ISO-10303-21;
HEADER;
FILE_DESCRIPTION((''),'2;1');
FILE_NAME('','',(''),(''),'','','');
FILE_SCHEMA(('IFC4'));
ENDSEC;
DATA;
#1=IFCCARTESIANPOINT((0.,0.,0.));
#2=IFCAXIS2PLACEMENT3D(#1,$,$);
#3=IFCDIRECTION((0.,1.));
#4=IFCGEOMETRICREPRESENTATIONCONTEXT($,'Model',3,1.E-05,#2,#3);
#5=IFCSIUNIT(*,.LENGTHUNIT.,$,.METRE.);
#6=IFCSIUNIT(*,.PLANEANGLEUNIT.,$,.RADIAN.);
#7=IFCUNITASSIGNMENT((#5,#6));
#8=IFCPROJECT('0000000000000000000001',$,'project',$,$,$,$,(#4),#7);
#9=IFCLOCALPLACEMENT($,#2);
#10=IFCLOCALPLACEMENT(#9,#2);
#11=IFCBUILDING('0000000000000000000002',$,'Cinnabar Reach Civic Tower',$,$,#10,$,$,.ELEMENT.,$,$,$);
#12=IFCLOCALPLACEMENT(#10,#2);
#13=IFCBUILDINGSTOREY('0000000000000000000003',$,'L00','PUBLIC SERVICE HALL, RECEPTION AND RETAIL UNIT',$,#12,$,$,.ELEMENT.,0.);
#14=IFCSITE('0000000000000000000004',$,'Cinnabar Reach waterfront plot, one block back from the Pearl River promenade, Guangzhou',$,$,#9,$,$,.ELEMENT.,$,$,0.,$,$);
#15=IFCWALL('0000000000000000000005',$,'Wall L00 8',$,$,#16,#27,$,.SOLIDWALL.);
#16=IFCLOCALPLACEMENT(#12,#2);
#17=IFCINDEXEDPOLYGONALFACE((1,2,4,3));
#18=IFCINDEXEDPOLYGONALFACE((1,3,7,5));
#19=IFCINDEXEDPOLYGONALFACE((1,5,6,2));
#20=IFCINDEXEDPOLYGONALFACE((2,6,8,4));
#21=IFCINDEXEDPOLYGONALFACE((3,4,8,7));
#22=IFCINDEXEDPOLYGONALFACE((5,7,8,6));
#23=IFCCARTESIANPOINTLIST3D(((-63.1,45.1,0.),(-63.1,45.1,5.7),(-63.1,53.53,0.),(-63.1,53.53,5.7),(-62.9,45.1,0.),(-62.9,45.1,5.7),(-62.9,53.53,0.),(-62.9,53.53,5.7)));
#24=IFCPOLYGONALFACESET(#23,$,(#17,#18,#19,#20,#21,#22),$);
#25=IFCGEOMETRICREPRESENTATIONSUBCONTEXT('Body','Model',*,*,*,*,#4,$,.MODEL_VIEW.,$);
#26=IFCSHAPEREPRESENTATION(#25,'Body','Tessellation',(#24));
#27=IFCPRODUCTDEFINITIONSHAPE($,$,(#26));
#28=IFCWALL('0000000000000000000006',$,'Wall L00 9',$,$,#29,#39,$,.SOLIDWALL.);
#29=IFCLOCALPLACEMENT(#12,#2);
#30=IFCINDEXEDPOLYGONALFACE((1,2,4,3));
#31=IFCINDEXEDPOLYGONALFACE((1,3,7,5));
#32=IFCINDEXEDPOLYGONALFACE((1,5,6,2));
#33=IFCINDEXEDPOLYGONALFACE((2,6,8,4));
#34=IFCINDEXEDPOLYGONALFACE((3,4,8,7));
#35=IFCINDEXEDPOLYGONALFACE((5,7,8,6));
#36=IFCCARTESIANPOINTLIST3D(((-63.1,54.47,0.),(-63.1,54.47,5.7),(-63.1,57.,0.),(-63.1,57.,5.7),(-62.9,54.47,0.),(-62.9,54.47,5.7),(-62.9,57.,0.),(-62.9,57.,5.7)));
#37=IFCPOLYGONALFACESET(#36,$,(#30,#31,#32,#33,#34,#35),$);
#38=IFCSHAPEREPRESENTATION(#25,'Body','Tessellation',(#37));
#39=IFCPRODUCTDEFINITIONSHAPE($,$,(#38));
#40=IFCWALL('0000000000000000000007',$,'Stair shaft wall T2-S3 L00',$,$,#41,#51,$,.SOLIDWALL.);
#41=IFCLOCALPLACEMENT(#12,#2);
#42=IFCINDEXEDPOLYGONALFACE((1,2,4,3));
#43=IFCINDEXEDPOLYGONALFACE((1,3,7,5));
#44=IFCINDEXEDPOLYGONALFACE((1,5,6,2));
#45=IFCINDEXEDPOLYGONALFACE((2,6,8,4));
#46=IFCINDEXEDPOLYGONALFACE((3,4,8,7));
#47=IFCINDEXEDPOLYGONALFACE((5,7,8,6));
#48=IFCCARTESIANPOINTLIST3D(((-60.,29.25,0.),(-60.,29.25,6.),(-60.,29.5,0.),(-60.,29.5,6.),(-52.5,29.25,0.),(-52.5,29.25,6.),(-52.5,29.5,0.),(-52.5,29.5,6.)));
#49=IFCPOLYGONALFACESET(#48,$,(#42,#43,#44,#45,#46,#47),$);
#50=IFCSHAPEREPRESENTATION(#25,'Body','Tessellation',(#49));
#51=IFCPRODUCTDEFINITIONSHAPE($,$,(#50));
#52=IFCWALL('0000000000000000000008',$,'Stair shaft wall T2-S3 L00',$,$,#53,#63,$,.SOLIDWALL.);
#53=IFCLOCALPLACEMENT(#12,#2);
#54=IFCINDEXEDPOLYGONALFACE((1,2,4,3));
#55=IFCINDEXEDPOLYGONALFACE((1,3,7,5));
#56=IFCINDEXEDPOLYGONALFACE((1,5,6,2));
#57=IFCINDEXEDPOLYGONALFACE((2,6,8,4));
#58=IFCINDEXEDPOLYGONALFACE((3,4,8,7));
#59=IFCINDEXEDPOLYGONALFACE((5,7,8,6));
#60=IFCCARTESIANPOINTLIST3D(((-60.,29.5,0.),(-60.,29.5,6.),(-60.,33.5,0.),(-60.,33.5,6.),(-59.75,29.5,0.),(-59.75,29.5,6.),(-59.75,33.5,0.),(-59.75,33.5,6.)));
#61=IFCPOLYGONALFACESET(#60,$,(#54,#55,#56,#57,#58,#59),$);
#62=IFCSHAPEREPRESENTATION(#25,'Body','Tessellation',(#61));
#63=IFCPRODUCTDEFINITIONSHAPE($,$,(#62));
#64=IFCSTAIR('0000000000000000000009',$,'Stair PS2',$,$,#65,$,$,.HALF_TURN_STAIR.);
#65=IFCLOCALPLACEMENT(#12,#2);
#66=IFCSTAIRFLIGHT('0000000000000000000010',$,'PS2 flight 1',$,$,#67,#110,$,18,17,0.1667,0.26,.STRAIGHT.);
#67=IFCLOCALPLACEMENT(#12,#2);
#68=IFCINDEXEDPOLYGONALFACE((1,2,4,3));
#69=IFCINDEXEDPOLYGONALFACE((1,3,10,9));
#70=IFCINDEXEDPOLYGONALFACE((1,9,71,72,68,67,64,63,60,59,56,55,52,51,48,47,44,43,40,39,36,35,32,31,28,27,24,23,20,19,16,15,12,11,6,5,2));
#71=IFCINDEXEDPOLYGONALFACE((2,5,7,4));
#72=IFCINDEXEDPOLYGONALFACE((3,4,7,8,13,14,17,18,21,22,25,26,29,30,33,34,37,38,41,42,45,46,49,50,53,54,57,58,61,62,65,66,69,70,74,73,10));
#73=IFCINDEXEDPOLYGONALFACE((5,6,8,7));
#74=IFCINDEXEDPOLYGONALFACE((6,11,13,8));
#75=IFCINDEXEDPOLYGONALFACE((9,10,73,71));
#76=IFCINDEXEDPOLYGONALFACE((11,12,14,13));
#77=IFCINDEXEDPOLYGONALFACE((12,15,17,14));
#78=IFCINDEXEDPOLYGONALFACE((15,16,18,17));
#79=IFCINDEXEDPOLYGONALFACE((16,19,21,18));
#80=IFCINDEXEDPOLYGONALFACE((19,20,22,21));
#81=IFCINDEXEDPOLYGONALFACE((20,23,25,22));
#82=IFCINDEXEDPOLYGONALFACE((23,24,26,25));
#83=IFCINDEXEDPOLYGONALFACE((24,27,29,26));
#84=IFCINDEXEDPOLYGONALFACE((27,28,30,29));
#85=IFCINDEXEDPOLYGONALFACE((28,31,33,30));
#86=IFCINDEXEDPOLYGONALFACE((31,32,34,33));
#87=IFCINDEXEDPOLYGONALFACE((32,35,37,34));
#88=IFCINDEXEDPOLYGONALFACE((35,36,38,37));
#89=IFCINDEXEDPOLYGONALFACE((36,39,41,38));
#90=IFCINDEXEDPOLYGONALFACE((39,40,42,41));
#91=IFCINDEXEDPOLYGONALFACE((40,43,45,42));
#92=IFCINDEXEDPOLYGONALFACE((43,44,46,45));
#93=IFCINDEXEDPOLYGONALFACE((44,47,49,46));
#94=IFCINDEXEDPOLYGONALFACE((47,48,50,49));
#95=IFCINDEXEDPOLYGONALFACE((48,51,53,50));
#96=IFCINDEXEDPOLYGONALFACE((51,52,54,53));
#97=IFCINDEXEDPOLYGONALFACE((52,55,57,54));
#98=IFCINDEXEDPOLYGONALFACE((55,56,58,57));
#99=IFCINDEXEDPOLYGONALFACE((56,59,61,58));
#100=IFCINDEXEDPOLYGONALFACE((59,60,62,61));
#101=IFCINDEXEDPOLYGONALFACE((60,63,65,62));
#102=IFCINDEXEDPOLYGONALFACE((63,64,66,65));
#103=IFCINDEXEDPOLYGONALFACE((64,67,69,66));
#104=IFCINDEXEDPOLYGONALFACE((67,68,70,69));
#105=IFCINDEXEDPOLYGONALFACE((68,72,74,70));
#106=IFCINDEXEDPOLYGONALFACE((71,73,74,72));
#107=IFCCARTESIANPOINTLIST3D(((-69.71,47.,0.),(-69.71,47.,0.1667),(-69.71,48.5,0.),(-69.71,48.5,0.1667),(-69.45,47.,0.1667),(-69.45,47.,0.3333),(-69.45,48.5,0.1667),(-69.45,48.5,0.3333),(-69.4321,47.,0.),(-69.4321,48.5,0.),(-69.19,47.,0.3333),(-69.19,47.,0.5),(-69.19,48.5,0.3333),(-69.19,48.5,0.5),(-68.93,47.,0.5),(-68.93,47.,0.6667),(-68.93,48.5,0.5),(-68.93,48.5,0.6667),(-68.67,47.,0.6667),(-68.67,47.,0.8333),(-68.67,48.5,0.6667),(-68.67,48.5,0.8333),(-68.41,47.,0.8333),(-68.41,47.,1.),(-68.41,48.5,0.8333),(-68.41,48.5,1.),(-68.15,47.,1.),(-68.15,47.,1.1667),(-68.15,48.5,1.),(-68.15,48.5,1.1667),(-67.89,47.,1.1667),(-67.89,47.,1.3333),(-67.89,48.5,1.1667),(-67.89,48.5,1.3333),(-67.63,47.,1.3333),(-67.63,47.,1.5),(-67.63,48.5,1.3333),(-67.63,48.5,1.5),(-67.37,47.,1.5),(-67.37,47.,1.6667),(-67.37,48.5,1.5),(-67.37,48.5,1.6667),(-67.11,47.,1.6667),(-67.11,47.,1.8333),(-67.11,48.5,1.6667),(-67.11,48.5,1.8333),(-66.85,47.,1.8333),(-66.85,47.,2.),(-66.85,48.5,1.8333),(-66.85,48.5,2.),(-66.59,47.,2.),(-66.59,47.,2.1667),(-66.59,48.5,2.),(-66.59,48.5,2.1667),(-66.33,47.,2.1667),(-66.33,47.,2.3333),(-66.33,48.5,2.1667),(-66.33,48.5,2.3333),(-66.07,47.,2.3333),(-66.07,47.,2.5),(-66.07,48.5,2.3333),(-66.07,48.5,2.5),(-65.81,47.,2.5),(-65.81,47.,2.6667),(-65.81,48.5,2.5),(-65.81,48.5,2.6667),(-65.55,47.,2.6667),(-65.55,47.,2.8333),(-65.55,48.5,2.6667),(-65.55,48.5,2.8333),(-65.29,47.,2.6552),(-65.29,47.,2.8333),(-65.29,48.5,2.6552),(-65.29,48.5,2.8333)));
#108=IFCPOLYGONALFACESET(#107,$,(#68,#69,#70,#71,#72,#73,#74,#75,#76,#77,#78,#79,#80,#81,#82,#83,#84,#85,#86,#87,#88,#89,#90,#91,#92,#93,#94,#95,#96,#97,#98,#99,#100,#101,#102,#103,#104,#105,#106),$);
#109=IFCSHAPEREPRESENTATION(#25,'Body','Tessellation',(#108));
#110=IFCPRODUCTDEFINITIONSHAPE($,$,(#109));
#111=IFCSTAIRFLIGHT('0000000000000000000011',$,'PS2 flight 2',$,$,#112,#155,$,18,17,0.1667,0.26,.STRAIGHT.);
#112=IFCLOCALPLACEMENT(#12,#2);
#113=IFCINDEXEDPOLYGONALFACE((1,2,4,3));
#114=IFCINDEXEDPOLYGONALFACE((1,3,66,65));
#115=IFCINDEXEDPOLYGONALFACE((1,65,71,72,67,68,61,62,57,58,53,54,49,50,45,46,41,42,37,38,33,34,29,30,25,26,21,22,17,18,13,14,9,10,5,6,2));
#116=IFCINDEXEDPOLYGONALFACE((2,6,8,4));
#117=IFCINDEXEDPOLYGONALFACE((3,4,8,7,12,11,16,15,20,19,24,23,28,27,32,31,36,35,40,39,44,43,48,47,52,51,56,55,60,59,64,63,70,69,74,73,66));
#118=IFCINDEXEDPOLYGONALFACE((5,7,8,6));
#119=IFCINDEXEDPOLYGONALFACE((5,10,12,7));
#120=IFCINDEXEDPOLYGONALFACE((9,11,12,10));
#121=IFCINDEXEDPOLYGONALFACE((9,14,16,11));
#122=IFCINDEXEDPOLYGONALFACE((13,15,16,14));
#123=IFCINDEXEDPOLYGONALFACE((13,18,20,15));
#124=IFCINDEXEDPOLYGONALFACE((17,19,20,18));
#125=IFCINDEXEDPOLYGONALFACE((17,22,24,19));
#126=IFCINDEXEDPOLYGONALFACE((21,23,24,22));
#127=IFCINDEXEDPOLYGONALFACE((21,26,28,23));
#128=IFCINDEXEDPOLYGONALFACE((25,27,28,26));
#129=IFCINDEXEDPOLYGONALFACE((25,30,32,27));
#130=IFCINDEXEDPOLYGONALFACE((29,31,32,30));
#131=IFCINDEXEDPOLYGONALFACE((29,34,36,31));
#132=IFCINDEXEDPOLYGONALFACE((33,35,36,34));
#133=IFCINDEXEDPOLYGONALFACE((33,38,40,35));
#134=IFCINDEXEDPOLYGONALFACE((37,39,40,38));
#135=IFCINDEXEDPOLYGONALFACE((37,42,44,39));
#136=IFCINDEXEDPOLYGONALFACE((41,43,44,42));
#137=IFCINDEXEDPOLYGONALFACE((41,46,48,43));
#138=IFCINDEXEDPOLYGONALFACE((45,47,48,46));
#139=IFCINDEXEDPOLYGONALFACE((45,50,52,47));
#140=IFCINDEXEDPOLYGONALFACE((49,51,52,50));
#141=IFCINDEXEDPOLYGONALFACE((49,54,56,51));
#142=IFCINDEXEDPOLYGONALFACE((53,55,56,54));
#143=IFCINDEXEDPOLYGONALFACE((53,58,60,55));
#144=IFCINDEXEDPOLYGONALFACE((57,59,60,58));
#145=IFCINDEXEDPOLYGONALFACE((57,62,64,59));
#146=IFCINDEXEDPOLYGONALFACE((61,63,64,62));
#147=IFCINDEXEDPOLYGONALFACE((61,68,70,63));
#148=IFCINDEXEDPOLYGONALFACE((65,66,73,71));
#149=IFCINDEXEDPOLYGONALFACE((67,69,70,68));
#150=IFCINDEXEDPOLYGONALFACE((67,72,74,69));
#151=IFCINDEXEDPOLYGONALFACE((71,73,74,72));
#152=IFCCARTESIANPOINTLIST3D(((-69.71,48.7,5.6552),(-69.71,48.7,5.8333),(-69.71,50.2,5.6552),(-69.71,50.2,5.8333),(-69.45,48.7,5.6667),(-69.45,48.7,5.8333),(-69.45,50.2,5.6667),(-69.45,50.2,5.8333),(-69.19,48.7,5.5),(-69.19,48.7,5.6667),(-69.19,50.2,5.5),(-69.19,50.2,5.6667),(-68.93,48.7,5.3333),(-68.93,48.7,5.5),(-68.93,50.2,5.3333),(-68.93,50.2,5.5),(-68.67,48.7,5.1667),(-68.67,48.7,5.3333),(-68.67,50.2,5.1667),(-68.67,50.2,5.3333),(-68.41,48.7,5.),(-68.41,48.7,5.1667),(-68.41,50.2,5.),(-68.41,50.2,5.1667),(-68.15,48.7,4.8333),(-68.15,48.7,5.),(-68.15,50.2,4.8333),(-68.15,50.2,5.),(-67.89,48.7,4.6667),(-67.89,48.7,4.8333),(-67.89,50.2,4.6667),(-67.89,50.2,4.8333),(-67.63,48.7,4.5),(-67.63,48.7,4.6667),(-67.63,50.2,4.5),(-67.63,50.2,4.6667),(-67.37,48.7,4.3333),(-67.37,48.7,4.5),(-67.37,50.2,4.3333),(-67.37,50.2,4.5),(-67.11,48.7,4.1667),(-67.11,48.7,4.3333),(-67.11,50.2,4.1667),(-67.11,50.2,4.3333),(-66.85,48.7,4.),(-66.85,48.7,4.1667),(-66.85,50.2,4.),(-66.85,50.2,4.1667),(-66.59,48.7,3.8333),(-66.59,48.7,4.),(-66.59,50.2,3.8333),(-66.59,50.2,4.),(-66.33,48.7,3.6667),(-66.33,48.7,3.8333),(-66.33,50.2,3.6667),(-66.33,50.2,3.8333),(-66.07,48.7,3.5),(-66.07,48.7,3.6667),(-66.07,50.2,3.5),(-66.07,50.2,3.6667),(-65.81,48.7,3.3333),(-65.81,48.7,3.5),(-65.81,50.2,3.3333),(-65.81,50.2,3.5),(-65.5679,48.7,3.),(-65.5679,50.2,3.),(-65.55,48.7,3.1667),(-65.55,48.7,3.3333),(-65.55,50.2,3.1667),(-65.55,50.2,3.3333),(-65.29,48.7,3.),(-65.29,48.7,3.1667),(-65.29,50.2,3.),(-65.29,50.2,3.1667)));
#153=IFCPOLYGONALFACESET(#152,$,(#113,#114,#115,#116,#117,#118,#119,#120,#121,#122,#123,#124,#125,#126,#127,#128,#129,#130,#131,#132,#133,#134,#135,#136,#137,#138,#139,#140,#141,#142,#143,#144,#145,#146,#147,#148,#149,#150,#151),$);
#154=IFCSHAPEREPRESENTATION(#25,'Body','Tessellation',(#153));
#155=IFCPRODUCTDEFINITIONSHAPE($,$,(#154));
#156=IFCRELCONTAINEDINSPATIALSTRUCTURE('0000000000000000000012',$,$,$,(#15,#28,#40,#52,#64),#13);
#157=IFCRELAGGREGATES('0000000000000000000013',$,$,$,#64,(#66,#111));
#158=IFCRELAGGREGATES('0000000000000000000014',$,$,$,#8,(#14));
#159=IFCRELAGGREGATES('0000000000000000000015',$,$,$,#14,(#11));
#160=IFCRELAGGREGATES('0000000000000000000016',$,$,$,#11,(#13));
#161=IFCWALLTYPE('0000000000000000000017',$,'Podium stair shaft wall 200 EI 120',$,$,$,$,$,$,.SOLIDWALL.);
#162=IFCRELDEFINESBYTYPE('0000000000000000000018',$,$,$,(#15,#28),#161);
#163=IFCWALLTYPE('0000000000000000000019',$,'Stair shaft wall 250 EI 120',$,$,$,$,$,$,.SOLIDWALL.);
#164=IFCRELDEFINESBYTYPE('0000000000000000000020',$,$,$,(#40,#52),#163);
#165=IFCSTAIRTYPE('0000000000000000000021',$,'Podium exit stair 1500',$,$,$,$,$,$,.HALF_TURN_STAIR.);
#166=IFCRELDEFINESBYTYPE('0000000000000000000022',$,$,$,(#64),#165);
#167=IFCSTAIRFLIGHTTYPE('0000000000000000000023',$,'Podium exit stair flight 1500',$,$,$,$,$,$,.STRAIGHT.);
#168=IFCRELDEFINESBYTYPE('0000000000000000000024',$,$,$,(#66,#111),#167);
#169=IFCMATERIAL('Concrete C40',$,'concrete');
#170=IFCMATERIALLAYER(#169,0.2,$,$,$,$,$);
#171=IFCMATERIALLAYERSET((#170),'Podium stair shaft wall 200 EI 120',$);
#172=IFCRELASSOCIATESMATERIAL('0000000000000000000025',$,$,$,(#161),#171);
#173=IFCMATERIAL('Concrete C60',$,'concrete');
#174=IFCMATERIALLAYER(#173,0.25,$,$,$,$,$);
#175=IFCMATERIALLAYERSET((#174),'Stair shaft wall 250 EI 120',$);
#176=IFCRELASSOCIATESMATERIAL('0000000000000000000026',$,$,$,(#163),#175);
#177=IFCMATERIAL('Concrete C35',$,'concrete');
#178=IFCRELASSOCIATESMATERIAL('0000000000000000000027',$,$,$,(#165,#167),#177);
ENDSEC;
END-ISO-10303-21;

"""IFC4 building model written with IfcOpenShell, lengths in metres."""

from ifc_helpers import new_model, si_unit, direction, frame, frame_2d, origin, place, context, subcontext, project, spatial, polyline, rectangle, outline, extrude, material, layer, layer_set, type_object, element, aggregate, save


model = new_model("IFC4")

# Units and contexts
model_context = context("Model", 3, precision=1e-05, world=origin(), true_north=direction((0.0, 1.0)))
body_context = subcontext(model_context, "Body", "Model", "MODEL_VIEW")
ifc_project = project(units=[si_unit("LENGTHUNIT", "METRE"), si_unit("PLANEANGLEUNIT", "RADIAN")], contexts=[model_context])

# Site, building, storey
site_placement = place(None, origin())
site = spatial("IfcSite", under=ifc_project, at=site_placement, Name="Cinnabar Reach waterfront plot, one block back from the Pearl River promenade, Guangzhou", CompositionType="ELEMENT", RefElevation=0.0)
building_placement = place(site_placement, origin())
building = spatial("IfcBuilding", under=site, at=building_placement, Name="Cinnabar Reach Civic Tower", CompositionType="ELEMENT")
storey_placement = place(building_placement, origin())
storey = spatial("IfcBuildingStorey", under=building, at=storey_placement, Name="L00", Description="PUBLIC SERVICE HALL, RECEPTION AND RETAIL UNIT", CompositionType="ELEMENT", Elevation=0.0)

# Shared definitions
ifc_material_1 = material(Name="Concrete C60", Category="concrete")

# Walls
ifc_material_2 = material(Name="Concrete C40", Category="concrete")
ifc_layer_1 = layer(ifc_material_2, 0.2)
ifc_layer_set_1 = layer_set([ifc_layer_1], Name="Podium stair shaft wall 200 EI 120")
wall_type_1 = type_object("IfcWallType", Name="Podium stair shaft wall 200 EI 120", PredefinedType="SOLIDWALL", material=ifc_layer_set_1)
wall_1_placement = place(storey_placement, frame((-63.0, 45.1, 0.0), z_axis=(0.0, 0.0, 1.0), x_axis=(0.0, 1.0, 0.0)))
element("IfcWall", 1, at=wall_1_placement, inside=storey, type_object=wall_type_1, Name="Wall L00 8", PredefinedType="SOLIDWALL", context=body_context, shape_type="SweptSolid", body=[
    extrude(rectangle(XDim=8.43, YDim=0.2, at=frame_2d((4.215, 0.0))), origin(), (0.0, 0.0, 1.0), 5.7),
])
wall_2_placement = place(storey_placement, frame((-63.0, 54.47, 0.0), z_axis=(0.0, 0.0, 1.0), x_axis=(0.0, 1.0, 0.0)))
element("IfcWall", 2, at=wall_2_placement, inside=storey, type_object=wall_type_1, Name="Wall L00 9", PredefinedType="SOLIDWALL", context=body_context, shape_type="SweptSolid", body=[
    extrude(rectangle(XDim=2.53, YDim=0.2, at=frame_2d((1.265, 0.0))), origin(), (0.0, 0.0, 1.0), 5.7),
])
ifc_layer_2 = layer(ifc_material_1, 0.25)
ifc_layer_set_2 = layer_set([ifc_layer_2], Name="Stair shaft wall 250 EI 120")
wall_type_2 = type_object("IfcWallType", Name="Stair shaft wall 250 EI 120", PredefinedType="SOLIDWALL", material=ifc_layer_set_2)
wall_3_placement = place(storey_placement, frame((-60.0, 29.375, 0.0), z_axis=(0.0, 0.0, 1.0), x_axis=(1.0, 0.0, 0.0)))
element("IfcWall", 3, at=wall_3_placement, inside=storey, type_object=wall_type_2, Name="Stair shaft wall T2-S3 L00", PredefinedType="SOLIDWALL", context=body_context, shape_type="SweptSolid", body=[
    extrude(rectangle(XDim=7.5, YDim=0.25, at=frame_2d((3.75, 0.0))), origin(), (0.0, 0.0, 1.0), 6.0),
])
wall_4_placement = place(storey_placement, frame((-59.875, 33.5, 0.0), z_axis=(0.0, 0.0, 1.0), x_axis=(0.0, -1.0, 0.0)))
element("IfcWall", 4, at=wall_4_placement, inside=storey, type_object=wall_type_2, Name="Stair shaft wall T2-S3 L00", PredefinedType="SOLIDWALL", context=body_context, shape_type="SweptSolid", body=[
    extrude(rectangle(XDim=4.0, YDim=0.25, at=frame_2d((2.0, 0.0))), origin(), (0.0, 0.0, 1.0), 6.0),
])

# Stair, stair flights
ifc_material_3 = material(Name="Concrete C35", Category="concrete")
stair_type = type_object("IfcStairType", Name="Podium exit stair 1500", PredefinedType="HALF_TURN_STAIR", material=ifc_material_3)
stair_placement = place(storey_placement, origin())
stair = element("IfcStair", 5, at=stair_placement, inside=storey, type_object=stair_type, Name="Stair PS2", PredefinedType="HALF_TURN_STAIR")
stair_flight_type = type_object("IfcStairFlightType", Name="Podium exit stair flight 1500", PredefinedType="STRAIGHT", material=ifc_material_3)
stair_flight_1_placement = place(storey_placement, frame((-69.71, 47.75, 0.0), z_axis=(0.0, 0.0, 1.0), x_axis=(1.0, 0.0, 0.0)))
stair_flight_1 = element("IfcStairFlight", 6, at=stair_flight_1_placement, type_object=stair_flight_type, Name="PS2 flight 1", NumberOfRisers=18, NumberOfTreads=17, PredefinedType="STRAIGHT", RiserHeight=0.1667, TreadLength=0.26, context=body_context, shape_type="SweptSolid", body=[
    extrude(outline(polyline([(0.0, 0.0), (0.0, 0.1667), (0.26, 0.1667), (0.26, 0.3333), (0.52, 0.3333), (0.52, 0.5), (0.78, 0.5), (0.78, 0.6667), (1.04, 0.6667), (1.04, 0.8333), (1.3, 0.8333), (1.3, 1.0), (1.56, 1.0), (1.56, 1.1667), (1.82, 1.1667), (1.82, 1.3333), (2.08, 1.3333), (2.08, 1.5), (2.34, 1.5), (2.34, 1.6667), (2.6, 1.6667), (2.6, 1.8333), (2.86, 1.8333), (2.86, 2.0), (3.12, 2.0), (3.12, 2.1667), (3.38, 2.1667), (3.38, 2.3333), (3.64, 2.3333), (3.64, 2.5), (3.9, 2.5), (3.9, 2.6667), (4.16, 2.6667), (4.16, 2.8333), (4.42, 2.8333), (4.42, 3.0), (4.42, 2.6552), (0.2779, 0.0), (0.0, 0.0)])), frame((0.0, 0.75, 0.0), z_axis=(0.0, -1.0, 0.0), x_axis=(1.0, 0.0, 0.0)), (0.0, 0.0, 1.0), 1.5),
])
stair_flight_2_placement = place(storey_placement, frame((-65.29, 49.45, 3.0), z_axis=(0.0, 0.0, 1.0), x_axis=(-1.0, 0.0, 0.0)))
stair_flight_2 = element("IfcStairFlight", 7, at=stair_flight_2_placement, type_object=stair_flight_type, Name="PS2 flight 2", NumberOfRisers=18, NumberOfTreads=17, PredefinedType="STRAIGHT", RiserHeight=0.1667, TreadLength=0.26, context=body_context, shape_type="SweptSolid", body=[
    extrude(outline(polyline([(0.0, 0.0), (0.0, 0.1667), (0.26, 0.1667), (0.26, 0.3333), (0.52, 0.3333), (0.52, 0.5), (0.78, 0.5), (0.78, 0.6667), (1.04, 0.6667), (1.04, 0.8333), (1.3, 0.8333), (1.3, 1.0), (1.56, 1.0), (1.56, 1.1667), (1.82, 1.1667), (1.82, 1.3333), (2.08, 1.3333), (2.08, 1.5), (2.34, 1.5), (2.34, 1.6667), (2.6, 1.6667), (2.6, 1.8333), (2.86, 1.8333), (2.86, 2.0), (3.12, 2.0), (3.12, 2.1667), (3.38, 2.1667), (3.38, 2.3333), (3.64, 2.3333), (3.64, 2.5), (3.9, 2.5), (3.9, 2.6667), (4.16, 2.6667), (4.16, 2.8333), (4.42, 2.8333), (4.42, 3.0), (4.42, 2.6552), (0.2779, 0.0), (0.0, 0.0)])), frame((0.0, 0.75, 0.0), z_axis=(0.0, -1.0, 0.0), x_axis=(1.0, 0.0, 0.0)), (0.0, 0.0, 1.0), 1.5),
])
aggregate(stair, [stair_flight_1, stair_flight_2])

save(model, "model.ifc")
